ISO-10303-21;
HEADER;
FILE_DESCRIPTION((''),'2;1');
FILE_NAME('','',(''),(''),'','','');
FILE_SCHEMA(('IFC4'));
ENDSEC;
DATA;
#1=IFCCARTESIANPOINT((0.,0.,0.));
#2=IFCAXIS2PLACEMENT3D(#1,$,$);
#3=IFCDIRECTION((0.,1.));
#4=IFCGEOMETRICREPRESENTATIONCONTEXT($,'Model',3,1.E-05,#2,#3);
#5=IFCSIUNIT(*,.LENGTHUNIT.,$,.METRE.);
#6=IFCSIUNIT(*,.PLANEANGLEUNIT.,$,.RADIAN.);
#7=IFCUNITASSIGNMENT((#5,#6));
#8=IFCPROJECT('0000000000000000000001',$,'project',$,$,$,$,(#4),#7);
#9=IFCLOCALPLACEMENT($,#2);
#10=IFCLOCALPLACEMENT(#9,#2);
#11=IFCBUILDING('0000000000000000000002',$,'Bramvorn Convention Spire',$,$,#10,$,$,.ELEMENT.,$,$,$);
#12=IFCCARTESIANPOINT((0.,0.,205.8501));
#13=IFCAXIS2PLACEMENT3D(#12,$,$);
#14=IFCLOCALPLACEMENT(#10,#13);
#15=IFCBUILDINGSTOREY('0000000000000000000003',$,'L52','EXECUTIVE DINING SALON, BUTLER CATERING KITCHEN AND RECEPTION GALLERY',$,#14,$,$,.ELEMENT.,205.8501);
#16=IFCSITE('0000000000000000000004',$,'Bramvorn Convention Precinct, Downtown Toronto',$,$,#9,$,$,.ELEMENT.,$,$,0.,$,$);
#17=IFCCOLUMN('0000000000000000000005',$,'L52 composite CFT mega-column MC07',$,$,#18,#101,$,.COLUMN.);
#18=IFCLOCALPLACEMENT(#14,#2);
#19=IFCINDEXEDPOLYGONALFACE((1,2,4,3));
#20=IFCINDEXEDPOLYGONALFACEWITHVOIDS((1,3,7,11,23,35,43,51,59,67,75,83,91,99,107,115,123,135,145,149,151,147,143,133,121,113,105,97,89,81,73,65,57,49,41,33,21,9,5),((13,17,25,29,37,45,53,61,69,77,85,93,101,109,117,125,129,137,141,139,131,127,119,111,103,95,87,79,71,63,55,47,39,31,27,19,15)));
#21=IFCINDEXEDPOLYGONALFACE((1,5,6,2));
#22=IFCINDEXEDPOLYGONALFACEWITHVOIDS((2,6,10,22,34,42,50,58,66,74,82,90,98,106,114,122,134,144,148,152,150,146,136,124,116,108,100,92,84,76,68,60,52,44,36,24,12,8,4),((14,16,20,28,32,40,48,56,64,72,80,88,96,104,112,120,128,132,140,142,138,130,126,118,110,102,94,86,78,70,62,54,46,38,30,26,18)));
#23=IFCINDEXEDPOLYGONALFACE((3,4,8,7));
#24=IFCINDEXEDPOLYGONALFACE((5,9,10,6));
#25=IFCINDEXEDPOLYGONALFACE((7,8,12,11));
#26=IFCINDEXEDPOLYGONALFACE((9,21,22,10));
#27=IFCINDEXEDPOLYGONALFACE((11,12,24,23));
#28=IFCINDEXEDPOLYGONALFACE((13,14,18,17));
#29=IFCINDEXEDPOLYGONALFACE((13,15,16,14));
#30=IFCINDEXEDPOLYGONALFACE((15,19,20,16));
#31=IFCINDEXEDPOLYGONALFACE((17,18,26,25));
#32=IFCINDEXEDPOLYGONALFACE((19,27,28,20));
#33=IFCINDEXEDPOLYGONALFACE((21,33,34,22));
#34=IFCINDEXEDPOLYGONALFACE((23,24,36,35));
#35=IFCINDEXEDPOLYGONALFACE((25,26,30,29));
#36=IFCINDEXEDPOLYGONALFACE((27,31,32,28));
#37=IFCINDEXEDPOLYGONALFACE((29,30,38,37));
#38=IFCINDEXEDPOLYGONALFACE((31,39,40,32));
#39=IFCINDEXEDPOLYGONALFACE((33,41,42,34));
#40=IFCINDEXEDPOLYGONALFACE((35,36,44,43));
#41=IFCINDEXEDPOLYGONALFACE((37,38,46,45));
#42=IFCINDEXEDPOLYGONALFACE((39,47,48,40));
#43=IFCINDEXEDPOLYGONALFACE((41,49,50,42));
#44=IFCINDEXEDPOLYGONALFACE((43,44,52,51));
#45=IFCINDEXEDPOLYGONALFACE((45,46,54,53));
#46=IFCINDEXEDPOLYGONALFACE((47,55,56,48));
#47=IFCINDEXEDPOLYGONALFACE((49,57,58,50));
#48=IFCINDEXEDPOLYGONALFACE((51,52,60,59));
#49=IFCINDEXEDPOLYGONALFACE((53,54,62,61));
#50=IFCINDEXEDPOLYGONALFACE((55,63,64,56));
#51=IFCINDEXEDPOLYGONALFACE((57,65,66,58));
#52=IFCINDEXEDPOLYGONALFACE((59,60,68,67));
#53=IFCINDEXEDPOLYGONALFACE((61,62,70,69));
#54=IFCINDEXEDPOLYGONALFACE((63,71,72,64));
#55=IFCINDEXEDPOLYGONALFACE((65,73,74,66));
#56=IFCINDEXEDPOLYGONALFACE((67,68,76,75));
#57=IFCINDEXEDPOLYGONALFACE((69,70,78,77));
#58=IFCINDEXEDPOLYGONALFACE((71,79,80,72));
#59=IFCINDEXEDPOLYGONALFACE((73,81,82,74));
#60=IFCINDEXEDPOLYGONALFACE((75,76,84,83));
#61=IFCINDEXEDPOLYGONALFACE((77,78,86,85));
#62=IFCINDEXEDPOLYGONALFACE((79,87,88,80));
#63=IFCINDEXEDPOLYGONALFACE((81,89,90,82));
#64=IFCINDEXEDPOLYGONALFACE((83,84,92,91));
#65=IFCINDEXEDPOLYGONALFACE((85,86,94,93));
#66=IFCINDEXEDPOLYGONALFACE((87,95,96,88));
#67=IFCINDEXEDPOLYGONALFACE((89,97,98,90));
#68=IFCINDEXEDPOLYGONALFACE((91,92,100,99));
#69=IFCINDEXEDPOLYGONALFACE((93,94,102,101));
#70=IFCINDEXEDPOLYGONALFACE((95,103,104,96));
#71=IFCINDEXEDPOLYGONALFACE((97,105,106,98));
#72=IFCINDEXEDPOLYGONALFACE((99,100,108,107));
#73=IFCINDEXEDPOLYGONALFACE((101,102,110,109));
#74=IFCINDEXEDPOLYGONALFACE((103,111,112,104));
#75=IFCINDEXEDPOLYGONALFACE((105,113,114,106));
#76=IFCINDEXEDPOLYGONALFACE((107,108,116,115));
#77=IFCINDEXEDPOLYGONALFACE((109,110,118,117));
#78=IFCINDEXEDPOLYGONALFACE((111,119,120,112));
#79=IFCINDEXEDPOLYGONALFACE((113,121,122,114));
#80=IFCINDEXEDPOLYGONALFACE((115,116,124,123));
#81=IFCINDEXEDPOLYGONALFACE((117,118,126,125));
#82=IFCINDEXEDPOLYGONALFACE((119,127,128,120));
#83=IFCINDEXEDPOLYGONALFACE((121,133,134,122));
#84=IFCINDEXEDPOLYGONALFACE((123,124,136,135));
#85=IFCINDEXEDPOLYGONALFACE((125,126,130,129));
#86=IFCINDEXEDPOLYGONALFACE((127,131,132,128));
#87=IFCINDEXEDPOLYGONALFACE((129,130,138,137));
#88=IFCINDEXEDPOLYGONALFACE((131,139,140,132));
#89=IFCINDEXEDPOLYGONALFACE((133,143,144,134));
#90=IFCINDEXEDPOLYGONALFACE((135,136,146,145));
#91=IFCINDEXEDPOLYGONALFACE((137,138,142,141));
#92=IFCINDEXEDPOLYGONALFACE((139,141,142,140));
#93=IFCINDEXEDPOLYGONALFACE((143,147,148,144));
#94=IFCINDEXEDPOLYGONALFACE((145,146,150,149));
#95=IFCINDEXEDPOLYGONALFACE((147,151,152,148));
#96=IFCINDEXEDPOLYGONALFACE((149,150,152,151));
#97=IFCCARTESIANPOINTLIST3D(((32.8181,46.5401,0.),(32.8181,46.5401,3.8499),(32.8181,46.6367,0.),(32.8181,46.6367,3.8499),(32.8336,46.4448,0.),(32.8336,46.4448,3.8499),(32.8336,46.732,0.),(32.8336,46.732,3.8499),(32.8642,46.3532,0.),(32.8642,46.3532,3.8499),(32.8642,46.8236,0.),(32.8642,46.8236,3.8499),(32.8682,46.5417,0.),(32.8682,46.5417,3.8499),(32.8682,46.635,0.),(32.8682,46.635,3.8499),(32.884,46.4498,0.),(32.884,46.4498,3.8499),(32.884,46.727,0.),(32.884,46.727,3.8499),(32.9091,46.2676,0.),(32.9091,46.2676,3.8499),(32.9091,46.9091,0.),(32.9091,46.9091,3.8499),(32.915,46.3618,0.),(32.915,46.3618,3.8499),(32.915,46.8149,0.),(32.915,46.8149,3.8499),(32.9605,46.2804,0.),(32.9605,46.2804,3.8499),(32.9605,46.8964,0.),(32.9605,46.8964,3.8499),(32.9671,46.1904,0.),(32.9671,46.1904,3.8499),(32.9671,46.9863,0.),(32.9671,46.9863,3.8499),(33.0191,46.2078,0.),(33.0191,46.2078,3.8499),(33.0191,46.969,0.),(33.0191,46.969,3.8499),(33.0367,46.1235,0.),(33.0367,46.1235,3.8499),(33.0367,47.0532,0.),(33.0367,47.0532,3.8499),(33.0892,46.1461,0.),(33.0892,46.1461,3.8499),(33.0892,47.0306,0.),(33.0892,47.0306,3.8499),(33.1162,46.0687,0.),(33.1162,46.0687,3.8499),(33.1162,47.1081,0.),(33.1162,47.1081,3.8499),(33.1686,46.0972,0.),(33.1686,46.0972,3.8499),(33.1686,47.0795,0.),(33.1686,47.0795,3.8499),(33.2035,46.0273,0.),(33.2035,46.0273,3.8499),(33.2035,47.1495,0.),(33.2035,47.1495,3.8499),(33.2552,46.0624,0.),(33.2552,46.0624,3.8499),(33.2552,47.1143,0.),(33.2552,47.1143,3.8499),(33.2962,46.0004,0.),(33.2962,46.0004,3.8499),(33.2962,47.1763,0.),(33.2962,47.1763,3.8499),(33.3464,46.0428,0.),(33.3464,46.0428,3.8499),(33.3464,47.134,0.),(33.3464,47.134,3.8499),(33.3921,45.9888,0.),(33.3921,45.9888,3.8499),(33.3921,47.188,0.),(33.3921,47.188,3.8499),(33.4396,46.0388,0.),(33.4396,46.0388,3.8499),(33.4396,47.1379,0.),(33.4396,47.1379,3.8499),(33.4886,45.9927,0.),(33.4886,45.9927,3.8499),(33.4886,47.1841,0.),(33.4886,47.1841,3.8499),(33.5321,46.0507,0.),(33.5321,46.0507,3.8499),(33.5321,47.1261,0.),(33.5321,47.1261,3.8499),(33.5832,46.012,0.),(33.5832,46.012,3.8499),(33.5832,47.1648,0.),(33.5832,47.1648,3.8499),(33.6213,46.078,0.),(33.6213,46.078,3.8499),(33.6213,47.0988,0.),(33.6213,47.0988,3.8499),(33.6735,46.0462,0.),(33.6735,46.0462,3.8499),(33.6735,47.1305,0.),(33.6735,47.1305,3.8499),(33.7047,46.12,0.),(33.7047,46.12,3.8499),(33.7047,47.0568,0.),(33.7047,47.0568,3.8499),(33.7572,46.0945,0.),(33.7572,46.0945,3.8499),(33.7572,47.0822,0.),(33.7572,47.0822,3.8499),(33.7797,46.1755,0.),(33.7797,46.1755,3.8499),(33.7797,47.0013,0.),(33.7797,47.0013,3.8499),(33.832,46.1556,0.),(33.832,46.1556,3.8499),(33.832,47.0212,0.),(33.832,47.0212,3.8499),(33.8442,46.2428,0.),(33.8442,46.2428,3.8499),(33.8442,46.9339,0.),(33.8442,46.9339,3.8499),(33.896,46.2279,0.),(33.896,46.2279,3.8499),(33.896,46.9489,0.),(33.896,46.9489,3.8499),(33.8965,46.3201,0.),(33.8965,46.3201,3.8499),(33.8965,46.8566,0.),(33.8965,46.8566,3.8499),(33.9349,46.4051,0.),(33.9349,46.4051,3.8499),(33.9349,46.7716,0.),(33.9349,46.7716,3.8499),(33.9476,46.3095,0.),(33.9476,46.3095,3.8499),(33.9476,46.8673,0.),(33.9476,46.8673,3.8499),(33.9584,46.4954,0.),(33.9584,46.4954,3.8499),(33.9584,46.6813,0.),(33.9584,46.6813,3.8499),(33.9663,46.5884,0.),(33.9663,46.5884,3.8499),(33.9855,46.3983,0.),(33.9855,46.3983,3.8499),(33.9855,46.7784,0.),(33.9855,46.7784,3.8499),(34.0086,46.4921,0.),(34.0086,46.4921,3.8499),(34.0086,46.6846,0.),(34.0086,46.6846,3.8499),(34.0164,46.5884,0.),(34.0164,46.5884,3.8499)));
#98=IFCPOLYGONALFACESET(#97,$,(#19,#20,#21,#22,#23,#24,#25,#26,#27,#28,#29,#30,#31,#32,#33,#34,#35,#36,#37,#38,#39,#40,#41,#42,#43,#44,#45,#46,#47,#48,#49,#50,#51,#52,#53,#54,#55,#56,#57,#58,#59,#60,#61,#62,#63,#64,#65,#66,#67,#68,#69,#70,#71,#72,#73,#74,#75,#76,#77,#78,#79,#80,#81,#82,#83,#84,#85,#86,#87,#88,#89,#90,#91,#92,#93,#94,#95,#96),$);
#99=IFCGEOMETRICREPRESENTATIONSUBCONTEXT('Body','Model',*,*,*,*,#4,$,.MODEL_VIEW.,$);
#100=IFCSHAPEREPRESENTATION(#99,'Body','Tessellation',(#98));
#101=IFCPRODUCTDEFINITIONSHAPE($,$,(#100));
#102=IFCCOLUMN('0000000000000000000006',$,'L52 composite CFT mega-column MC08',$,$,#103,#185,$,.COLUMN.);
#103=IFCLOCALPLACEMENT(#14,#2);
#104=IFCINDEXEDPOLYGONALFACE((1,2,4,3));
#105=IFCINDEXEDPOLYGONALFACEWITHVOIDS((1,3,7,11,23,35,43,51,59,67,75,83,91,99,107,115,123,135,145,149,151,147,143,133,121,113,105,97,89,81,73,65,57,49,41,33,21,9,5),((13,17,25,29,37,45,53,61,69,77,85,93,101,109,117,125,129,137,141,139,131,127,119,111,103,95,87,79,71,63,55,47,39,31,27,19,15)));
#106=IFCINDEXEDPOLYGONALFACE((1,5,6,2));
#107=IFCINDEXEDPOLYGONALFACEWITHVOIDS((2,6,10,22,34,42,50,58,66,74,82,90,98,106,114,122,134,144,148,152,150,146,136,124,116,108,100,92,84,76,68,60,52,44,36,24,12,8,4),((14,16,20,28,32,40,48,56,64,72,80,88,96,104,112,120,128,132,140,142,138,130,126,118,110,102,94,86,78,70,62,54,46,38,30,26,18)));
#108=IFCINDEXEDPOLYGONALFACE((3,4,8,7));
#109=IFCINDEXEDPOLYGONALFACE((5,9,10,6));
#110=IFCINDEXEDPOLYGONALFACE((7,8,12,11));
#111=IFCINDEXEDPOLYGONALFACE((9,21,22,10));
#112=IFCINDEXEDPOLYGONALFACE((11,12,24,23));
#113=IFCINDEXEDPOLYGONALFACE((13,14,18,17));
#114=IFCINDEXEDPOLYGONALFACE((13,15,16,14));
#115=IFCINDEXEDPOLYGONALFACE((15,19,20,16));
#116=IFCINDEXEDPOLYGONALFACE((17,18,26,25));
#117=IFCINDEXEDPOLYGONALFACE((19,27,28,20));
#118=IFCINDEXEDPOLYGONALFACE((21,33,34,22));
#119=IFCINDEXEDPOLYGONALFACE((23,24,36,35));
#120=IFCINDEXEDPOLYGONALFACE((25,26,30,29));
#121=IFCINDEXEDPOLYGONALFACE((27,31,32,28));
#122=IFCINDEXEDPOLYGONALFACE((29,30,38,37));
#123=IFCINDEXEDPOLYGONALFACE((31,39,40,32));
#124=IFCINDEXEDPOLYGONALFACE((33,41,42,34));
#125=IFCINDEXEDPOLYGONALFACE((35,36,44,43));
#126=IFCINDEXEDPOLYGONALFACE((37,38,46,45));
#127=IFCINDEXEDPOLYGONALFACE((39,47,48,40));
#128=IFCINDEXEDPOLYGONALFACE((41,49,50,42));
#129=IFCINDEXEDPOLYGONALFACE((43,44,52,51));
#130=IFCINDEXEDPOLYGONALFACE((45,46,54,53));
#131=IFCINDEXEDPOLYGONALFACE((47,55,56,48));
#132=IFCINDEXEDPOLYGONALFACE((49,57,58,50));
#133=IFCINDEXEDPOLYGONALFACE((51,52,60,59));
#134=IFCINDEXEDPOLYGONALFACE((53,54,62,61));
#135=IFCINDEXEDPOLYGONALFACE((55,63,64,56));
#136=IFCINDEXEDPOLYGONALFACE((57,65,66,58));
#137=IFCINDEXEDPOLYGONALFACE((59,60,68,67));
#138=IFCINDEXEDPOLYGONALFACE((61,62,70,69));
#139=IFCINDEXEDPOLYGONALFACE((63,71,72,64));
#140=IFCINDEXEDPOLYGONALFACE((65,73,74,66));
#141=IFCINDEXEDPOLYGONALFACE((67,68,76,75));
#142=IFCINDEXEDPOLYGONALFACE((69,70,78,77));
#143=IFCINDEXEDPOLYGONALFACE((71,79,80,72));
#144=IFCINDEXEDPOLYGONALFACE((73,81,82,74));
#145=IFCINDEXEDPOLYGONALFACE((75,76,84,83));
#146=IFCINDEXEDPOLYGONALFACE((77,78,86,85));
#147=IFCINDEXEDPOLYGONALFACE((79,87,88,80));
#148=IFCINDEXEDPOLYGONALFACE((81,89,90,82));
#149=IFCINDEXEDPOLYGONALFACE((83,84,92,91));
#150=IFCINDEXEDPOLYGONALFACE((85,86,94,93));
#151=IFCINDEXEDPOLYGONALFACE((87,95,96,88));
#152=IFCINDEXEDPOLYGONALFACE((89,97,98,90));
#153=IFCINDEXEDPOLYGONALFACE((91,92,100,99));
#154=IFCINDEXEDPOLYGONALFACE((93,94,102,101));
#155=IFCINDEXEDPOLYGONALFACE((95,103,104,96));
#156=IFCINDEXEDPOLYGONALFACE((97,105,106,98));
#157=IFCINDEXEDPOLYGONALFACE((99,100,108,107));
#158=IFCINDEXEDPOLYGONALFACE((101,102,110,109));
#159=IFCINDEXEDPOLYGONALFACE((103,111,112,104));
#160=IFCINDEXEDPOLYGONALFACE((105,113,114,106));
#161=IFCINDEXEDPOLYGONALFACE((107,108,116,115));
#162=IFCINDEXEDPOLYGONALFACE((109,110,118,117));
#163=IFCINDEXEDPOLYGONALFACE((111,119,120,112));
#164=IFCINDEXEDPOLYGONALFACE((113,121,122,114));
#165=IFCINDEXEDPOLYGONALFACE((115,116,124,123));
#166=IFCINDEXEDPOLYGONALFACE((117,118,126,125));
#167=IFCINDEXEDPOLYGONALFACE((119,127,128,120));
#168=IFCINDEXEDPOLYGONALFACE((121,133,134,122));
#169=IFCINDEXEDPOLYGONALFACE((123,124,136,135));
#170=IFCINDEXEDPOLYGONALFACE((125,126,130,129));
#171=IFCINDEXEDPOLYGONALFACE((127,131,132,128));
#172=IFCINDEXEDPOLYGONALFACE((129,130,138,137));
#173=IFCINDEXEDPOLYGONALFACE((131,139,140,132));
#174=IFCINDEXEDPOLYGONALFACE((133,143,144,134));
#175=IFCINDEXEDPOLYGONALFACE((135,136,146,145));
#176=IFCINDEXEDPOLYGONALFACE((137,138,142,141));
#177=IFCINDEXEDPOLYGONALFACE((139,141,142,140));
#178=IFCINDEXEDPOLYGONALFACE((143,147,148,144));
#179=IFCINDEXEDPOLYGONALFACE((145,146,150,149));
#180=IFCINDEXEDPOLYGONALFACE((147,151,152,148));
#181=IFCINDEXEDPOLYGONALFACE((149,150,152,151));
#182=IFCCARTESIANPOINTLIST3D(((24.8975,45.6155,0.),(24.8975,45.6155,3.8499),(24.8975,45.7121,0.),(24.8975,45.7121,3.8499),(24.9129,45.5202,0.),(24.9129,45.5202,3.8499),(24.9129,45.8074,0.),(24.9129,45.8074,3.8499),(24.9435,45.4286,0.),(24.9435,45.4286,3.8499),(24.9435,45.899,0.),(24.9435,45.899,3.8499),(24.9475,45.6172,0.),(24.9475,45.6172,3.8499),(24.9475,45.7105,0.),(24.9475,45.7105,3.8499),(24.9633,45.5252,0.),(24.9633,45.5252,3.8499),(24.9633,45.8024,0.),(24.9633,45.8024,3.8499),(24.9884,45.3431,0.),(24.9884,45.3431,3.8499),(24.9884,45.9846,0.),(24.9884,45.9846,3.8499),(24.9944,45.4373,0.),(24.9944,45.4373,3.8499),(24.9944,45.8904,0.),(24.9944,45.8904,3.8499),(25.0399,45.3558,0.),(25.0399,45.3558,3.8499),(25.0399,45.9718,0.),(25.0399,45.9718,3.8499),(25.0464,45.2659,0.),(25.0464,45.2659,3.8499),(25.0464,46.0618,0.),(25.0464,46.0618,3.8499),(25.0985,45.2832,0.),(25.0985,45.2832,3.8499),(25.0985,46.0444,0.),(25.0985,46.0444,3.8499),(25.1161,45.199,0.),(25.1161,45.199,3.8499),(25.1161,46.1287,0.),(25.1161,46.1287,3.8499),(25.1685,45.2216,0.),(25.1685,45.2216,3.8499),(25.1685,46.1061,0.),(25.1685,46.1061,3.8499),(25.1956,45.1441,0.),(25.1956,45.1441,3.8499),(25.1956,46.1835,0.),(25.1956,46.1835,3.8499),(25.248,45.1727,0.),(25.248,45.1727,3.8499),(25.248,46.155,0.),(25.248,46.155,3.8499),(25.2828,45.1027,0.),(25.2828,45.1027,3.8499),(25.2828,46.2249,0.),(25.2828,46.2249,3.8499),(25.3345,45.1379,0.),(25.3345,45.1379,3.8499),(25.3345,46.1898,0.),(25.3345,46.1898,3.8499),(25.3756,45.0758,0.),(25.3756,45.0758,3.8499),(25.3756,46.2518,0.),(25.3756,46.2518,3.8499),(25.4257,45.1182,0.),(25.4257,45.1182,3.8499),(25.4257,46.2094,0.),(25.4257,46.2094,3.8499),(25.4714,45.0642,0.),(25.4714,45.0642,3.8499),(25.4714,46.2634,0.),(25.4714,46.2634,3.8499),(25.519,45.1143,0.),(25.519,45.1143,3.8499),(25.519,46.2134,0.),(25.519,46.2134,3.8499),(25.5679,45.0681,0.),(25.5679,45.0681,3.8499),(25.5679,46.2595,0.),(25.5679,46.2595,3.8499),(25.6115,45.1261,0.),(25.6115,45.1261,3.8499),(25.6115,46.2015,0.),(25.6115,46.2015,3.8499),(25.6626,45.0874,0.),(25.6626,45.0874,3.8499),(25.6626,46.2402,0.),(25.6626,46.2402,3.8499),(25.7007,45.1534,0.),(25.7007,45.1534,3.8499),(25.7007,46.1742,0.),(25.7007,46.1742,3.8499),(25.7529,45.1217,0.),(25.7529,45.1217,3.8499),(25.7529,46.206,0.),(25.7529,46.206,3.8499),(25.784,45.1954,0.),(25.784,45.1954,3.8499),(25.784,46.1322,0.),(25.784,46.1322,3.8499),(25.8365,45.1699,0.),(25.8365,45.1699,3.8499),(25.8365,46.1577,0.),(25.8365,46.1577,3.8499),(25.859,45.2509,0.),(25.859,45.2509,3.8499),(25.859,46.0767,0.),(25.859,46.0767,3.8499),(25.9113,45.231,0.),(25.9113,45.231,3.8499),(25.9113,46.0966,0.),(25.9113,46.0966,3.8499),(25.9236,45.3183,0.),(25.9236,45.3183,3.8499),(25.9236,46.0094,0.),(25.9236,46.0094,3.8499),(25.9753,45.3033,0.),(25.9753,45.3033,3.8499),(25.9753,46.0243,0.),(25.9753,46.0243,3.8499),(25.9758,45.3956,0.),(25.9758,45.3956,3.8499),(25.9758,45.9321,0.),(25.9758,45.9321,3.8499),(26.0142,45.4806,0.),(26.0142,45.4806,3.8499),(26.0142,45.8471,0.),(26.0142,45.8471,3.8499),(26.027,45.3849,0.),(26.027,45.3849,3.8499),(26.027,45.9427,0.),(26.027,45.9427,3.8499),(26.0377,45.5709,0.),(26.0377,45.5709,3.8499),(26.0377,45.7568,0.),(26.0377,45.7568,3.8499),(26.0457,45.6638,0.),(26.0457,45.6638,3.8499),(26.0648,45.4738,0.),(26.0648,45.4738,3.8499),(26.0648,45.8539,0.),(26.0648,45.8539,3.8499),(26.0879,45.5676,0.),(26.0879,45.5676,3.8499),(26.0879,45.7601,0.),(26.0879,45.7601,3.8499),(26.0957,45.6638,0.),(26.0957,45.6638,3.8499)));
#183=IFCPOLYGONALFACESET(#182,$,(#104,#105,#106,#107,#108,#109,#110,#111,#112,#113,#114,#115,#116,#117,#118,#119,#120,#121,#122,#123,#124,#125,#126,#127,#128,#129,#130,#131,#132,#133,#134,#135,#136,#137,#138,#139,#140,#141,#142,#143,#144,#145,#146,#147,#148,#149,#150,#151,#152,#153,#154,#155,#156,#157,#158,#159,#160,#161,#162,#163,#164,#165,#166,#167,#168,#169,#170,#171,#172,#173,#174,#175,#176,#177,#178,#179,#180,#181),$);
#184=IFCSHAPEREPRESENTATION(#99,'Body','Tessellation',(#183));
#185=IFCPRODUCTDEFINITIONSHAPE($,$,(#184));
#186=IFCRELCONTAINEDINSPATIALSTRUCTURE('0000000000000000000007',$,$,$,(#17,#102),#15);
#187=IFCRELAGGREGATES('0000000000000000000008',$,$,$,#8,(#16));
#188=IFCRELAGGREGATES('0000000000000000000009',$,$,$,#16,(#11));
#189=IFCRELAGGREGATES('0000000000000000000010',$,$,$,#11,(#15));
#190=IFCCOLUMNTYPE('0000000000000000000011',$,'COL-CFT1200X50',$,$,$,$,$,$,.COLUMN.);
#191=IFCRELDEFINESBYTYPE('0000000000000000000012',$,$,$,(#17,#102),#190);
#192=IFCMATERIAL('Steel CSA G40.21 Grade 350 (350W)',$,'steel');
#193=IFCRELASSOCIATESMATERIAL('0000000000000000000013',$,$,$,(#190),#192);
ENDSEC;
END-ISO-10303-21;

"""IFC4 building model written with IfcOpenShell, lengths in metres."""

from ifc_helpers import new_model, si_unit, direction, frame, origin, origin_2d, place, context, subcontext, project, spatial, hollow_circle, extrude, material, material_profile, profile_set, type_object, element, save


model = new_model("IFC4")

# Units and contexts
model_context = context("Model", 3, precision=1e-05, world=origin(), true_north=direction((0.0, 1.0)))
body_context = subcontext(model_context, "Body", "Model", "MODEL_VIEW")
ifc_project = project(units=[si_unit("LENGTHUNIT", "METRE"), si_unit("PLANEANGLEUNIT", "RADIAN")], contexts=[model_context])

# Site, building, storey
site_placement = place(None, origin())
site = spatial("IfcSite", under=ifc_project, at=site_placement, Name="Bramvorn Convention Precinct, Downtown Toronto", CompositionType="ELEMENT", RefElevation=0.0)
building_placement = place(site_placement, origin())
building = spatial("IfcBuilding", under=site, at=building_placement, Name="Bramvorn Convention Spire", CompositionType="ELEMENT")
storey_placement = place(building_placement, frame((0.0, 0.0, 205.8501)))
storey = spatial("IfcBuildingStorey", under=building, at=storey_placement, Name="L52", Description="EXECUTIVE DINING SALON, BUTLER CATERING KITCHEN AND RECEPTION GALLERY", CompositionType="ELEMENT", Elevation=205.8501)

# Columns
ifc_material_1 = material(Name="Steel CSA G40.21 Grade 350 (350W)", Category="steel")
ifc_material_profile_1 = material_profile(ifc_material_1, hollow_circle(Radius=0.6001, WallThickness=0.05, at=origin_2d()))
ifc_profile_set_1 = profile_set([ifc_material_profile_1], Name="Steel CSA G40.21 Grade 350 (350W) - CFT1200X50")
column_type = type_object("IfcColumnType", Name="COL-CFT1200X50", PredefinedType="COLUMN", material=ifc_profile_set_1)
for number, where, z_axis, x_axis, name in (
    (1, (33.4163, 46.5884, 0.0), (0.0, 0.0, 1.0), (1.0, 0.0, 0.0), "L52 composite CFT mega-column MC07"),
    (2, (25.4956, 45.6638, 0.0), (0.0, 0.0, 1.0), (1.0, 0.0, 0.0), "L52 composite CFT mega-column MC08"),
):
    element("IfcColumn", number, at=place(storey_placement, frame(where, z_axis=z_axis, x_axis=x_axis)), inside=storey, type_object=column_type, Name=name, PredefinedType="COLUMN", context=body_context, shape_type="SweptSolid", body=[
        extrude(hollow_circle(Radius=0.6001, WallThickness=0.05, at=origin_2d()), origin(), (0.0, 0.0, 1.0), 3.8499),
    ])

save(model, "model.ifc")
